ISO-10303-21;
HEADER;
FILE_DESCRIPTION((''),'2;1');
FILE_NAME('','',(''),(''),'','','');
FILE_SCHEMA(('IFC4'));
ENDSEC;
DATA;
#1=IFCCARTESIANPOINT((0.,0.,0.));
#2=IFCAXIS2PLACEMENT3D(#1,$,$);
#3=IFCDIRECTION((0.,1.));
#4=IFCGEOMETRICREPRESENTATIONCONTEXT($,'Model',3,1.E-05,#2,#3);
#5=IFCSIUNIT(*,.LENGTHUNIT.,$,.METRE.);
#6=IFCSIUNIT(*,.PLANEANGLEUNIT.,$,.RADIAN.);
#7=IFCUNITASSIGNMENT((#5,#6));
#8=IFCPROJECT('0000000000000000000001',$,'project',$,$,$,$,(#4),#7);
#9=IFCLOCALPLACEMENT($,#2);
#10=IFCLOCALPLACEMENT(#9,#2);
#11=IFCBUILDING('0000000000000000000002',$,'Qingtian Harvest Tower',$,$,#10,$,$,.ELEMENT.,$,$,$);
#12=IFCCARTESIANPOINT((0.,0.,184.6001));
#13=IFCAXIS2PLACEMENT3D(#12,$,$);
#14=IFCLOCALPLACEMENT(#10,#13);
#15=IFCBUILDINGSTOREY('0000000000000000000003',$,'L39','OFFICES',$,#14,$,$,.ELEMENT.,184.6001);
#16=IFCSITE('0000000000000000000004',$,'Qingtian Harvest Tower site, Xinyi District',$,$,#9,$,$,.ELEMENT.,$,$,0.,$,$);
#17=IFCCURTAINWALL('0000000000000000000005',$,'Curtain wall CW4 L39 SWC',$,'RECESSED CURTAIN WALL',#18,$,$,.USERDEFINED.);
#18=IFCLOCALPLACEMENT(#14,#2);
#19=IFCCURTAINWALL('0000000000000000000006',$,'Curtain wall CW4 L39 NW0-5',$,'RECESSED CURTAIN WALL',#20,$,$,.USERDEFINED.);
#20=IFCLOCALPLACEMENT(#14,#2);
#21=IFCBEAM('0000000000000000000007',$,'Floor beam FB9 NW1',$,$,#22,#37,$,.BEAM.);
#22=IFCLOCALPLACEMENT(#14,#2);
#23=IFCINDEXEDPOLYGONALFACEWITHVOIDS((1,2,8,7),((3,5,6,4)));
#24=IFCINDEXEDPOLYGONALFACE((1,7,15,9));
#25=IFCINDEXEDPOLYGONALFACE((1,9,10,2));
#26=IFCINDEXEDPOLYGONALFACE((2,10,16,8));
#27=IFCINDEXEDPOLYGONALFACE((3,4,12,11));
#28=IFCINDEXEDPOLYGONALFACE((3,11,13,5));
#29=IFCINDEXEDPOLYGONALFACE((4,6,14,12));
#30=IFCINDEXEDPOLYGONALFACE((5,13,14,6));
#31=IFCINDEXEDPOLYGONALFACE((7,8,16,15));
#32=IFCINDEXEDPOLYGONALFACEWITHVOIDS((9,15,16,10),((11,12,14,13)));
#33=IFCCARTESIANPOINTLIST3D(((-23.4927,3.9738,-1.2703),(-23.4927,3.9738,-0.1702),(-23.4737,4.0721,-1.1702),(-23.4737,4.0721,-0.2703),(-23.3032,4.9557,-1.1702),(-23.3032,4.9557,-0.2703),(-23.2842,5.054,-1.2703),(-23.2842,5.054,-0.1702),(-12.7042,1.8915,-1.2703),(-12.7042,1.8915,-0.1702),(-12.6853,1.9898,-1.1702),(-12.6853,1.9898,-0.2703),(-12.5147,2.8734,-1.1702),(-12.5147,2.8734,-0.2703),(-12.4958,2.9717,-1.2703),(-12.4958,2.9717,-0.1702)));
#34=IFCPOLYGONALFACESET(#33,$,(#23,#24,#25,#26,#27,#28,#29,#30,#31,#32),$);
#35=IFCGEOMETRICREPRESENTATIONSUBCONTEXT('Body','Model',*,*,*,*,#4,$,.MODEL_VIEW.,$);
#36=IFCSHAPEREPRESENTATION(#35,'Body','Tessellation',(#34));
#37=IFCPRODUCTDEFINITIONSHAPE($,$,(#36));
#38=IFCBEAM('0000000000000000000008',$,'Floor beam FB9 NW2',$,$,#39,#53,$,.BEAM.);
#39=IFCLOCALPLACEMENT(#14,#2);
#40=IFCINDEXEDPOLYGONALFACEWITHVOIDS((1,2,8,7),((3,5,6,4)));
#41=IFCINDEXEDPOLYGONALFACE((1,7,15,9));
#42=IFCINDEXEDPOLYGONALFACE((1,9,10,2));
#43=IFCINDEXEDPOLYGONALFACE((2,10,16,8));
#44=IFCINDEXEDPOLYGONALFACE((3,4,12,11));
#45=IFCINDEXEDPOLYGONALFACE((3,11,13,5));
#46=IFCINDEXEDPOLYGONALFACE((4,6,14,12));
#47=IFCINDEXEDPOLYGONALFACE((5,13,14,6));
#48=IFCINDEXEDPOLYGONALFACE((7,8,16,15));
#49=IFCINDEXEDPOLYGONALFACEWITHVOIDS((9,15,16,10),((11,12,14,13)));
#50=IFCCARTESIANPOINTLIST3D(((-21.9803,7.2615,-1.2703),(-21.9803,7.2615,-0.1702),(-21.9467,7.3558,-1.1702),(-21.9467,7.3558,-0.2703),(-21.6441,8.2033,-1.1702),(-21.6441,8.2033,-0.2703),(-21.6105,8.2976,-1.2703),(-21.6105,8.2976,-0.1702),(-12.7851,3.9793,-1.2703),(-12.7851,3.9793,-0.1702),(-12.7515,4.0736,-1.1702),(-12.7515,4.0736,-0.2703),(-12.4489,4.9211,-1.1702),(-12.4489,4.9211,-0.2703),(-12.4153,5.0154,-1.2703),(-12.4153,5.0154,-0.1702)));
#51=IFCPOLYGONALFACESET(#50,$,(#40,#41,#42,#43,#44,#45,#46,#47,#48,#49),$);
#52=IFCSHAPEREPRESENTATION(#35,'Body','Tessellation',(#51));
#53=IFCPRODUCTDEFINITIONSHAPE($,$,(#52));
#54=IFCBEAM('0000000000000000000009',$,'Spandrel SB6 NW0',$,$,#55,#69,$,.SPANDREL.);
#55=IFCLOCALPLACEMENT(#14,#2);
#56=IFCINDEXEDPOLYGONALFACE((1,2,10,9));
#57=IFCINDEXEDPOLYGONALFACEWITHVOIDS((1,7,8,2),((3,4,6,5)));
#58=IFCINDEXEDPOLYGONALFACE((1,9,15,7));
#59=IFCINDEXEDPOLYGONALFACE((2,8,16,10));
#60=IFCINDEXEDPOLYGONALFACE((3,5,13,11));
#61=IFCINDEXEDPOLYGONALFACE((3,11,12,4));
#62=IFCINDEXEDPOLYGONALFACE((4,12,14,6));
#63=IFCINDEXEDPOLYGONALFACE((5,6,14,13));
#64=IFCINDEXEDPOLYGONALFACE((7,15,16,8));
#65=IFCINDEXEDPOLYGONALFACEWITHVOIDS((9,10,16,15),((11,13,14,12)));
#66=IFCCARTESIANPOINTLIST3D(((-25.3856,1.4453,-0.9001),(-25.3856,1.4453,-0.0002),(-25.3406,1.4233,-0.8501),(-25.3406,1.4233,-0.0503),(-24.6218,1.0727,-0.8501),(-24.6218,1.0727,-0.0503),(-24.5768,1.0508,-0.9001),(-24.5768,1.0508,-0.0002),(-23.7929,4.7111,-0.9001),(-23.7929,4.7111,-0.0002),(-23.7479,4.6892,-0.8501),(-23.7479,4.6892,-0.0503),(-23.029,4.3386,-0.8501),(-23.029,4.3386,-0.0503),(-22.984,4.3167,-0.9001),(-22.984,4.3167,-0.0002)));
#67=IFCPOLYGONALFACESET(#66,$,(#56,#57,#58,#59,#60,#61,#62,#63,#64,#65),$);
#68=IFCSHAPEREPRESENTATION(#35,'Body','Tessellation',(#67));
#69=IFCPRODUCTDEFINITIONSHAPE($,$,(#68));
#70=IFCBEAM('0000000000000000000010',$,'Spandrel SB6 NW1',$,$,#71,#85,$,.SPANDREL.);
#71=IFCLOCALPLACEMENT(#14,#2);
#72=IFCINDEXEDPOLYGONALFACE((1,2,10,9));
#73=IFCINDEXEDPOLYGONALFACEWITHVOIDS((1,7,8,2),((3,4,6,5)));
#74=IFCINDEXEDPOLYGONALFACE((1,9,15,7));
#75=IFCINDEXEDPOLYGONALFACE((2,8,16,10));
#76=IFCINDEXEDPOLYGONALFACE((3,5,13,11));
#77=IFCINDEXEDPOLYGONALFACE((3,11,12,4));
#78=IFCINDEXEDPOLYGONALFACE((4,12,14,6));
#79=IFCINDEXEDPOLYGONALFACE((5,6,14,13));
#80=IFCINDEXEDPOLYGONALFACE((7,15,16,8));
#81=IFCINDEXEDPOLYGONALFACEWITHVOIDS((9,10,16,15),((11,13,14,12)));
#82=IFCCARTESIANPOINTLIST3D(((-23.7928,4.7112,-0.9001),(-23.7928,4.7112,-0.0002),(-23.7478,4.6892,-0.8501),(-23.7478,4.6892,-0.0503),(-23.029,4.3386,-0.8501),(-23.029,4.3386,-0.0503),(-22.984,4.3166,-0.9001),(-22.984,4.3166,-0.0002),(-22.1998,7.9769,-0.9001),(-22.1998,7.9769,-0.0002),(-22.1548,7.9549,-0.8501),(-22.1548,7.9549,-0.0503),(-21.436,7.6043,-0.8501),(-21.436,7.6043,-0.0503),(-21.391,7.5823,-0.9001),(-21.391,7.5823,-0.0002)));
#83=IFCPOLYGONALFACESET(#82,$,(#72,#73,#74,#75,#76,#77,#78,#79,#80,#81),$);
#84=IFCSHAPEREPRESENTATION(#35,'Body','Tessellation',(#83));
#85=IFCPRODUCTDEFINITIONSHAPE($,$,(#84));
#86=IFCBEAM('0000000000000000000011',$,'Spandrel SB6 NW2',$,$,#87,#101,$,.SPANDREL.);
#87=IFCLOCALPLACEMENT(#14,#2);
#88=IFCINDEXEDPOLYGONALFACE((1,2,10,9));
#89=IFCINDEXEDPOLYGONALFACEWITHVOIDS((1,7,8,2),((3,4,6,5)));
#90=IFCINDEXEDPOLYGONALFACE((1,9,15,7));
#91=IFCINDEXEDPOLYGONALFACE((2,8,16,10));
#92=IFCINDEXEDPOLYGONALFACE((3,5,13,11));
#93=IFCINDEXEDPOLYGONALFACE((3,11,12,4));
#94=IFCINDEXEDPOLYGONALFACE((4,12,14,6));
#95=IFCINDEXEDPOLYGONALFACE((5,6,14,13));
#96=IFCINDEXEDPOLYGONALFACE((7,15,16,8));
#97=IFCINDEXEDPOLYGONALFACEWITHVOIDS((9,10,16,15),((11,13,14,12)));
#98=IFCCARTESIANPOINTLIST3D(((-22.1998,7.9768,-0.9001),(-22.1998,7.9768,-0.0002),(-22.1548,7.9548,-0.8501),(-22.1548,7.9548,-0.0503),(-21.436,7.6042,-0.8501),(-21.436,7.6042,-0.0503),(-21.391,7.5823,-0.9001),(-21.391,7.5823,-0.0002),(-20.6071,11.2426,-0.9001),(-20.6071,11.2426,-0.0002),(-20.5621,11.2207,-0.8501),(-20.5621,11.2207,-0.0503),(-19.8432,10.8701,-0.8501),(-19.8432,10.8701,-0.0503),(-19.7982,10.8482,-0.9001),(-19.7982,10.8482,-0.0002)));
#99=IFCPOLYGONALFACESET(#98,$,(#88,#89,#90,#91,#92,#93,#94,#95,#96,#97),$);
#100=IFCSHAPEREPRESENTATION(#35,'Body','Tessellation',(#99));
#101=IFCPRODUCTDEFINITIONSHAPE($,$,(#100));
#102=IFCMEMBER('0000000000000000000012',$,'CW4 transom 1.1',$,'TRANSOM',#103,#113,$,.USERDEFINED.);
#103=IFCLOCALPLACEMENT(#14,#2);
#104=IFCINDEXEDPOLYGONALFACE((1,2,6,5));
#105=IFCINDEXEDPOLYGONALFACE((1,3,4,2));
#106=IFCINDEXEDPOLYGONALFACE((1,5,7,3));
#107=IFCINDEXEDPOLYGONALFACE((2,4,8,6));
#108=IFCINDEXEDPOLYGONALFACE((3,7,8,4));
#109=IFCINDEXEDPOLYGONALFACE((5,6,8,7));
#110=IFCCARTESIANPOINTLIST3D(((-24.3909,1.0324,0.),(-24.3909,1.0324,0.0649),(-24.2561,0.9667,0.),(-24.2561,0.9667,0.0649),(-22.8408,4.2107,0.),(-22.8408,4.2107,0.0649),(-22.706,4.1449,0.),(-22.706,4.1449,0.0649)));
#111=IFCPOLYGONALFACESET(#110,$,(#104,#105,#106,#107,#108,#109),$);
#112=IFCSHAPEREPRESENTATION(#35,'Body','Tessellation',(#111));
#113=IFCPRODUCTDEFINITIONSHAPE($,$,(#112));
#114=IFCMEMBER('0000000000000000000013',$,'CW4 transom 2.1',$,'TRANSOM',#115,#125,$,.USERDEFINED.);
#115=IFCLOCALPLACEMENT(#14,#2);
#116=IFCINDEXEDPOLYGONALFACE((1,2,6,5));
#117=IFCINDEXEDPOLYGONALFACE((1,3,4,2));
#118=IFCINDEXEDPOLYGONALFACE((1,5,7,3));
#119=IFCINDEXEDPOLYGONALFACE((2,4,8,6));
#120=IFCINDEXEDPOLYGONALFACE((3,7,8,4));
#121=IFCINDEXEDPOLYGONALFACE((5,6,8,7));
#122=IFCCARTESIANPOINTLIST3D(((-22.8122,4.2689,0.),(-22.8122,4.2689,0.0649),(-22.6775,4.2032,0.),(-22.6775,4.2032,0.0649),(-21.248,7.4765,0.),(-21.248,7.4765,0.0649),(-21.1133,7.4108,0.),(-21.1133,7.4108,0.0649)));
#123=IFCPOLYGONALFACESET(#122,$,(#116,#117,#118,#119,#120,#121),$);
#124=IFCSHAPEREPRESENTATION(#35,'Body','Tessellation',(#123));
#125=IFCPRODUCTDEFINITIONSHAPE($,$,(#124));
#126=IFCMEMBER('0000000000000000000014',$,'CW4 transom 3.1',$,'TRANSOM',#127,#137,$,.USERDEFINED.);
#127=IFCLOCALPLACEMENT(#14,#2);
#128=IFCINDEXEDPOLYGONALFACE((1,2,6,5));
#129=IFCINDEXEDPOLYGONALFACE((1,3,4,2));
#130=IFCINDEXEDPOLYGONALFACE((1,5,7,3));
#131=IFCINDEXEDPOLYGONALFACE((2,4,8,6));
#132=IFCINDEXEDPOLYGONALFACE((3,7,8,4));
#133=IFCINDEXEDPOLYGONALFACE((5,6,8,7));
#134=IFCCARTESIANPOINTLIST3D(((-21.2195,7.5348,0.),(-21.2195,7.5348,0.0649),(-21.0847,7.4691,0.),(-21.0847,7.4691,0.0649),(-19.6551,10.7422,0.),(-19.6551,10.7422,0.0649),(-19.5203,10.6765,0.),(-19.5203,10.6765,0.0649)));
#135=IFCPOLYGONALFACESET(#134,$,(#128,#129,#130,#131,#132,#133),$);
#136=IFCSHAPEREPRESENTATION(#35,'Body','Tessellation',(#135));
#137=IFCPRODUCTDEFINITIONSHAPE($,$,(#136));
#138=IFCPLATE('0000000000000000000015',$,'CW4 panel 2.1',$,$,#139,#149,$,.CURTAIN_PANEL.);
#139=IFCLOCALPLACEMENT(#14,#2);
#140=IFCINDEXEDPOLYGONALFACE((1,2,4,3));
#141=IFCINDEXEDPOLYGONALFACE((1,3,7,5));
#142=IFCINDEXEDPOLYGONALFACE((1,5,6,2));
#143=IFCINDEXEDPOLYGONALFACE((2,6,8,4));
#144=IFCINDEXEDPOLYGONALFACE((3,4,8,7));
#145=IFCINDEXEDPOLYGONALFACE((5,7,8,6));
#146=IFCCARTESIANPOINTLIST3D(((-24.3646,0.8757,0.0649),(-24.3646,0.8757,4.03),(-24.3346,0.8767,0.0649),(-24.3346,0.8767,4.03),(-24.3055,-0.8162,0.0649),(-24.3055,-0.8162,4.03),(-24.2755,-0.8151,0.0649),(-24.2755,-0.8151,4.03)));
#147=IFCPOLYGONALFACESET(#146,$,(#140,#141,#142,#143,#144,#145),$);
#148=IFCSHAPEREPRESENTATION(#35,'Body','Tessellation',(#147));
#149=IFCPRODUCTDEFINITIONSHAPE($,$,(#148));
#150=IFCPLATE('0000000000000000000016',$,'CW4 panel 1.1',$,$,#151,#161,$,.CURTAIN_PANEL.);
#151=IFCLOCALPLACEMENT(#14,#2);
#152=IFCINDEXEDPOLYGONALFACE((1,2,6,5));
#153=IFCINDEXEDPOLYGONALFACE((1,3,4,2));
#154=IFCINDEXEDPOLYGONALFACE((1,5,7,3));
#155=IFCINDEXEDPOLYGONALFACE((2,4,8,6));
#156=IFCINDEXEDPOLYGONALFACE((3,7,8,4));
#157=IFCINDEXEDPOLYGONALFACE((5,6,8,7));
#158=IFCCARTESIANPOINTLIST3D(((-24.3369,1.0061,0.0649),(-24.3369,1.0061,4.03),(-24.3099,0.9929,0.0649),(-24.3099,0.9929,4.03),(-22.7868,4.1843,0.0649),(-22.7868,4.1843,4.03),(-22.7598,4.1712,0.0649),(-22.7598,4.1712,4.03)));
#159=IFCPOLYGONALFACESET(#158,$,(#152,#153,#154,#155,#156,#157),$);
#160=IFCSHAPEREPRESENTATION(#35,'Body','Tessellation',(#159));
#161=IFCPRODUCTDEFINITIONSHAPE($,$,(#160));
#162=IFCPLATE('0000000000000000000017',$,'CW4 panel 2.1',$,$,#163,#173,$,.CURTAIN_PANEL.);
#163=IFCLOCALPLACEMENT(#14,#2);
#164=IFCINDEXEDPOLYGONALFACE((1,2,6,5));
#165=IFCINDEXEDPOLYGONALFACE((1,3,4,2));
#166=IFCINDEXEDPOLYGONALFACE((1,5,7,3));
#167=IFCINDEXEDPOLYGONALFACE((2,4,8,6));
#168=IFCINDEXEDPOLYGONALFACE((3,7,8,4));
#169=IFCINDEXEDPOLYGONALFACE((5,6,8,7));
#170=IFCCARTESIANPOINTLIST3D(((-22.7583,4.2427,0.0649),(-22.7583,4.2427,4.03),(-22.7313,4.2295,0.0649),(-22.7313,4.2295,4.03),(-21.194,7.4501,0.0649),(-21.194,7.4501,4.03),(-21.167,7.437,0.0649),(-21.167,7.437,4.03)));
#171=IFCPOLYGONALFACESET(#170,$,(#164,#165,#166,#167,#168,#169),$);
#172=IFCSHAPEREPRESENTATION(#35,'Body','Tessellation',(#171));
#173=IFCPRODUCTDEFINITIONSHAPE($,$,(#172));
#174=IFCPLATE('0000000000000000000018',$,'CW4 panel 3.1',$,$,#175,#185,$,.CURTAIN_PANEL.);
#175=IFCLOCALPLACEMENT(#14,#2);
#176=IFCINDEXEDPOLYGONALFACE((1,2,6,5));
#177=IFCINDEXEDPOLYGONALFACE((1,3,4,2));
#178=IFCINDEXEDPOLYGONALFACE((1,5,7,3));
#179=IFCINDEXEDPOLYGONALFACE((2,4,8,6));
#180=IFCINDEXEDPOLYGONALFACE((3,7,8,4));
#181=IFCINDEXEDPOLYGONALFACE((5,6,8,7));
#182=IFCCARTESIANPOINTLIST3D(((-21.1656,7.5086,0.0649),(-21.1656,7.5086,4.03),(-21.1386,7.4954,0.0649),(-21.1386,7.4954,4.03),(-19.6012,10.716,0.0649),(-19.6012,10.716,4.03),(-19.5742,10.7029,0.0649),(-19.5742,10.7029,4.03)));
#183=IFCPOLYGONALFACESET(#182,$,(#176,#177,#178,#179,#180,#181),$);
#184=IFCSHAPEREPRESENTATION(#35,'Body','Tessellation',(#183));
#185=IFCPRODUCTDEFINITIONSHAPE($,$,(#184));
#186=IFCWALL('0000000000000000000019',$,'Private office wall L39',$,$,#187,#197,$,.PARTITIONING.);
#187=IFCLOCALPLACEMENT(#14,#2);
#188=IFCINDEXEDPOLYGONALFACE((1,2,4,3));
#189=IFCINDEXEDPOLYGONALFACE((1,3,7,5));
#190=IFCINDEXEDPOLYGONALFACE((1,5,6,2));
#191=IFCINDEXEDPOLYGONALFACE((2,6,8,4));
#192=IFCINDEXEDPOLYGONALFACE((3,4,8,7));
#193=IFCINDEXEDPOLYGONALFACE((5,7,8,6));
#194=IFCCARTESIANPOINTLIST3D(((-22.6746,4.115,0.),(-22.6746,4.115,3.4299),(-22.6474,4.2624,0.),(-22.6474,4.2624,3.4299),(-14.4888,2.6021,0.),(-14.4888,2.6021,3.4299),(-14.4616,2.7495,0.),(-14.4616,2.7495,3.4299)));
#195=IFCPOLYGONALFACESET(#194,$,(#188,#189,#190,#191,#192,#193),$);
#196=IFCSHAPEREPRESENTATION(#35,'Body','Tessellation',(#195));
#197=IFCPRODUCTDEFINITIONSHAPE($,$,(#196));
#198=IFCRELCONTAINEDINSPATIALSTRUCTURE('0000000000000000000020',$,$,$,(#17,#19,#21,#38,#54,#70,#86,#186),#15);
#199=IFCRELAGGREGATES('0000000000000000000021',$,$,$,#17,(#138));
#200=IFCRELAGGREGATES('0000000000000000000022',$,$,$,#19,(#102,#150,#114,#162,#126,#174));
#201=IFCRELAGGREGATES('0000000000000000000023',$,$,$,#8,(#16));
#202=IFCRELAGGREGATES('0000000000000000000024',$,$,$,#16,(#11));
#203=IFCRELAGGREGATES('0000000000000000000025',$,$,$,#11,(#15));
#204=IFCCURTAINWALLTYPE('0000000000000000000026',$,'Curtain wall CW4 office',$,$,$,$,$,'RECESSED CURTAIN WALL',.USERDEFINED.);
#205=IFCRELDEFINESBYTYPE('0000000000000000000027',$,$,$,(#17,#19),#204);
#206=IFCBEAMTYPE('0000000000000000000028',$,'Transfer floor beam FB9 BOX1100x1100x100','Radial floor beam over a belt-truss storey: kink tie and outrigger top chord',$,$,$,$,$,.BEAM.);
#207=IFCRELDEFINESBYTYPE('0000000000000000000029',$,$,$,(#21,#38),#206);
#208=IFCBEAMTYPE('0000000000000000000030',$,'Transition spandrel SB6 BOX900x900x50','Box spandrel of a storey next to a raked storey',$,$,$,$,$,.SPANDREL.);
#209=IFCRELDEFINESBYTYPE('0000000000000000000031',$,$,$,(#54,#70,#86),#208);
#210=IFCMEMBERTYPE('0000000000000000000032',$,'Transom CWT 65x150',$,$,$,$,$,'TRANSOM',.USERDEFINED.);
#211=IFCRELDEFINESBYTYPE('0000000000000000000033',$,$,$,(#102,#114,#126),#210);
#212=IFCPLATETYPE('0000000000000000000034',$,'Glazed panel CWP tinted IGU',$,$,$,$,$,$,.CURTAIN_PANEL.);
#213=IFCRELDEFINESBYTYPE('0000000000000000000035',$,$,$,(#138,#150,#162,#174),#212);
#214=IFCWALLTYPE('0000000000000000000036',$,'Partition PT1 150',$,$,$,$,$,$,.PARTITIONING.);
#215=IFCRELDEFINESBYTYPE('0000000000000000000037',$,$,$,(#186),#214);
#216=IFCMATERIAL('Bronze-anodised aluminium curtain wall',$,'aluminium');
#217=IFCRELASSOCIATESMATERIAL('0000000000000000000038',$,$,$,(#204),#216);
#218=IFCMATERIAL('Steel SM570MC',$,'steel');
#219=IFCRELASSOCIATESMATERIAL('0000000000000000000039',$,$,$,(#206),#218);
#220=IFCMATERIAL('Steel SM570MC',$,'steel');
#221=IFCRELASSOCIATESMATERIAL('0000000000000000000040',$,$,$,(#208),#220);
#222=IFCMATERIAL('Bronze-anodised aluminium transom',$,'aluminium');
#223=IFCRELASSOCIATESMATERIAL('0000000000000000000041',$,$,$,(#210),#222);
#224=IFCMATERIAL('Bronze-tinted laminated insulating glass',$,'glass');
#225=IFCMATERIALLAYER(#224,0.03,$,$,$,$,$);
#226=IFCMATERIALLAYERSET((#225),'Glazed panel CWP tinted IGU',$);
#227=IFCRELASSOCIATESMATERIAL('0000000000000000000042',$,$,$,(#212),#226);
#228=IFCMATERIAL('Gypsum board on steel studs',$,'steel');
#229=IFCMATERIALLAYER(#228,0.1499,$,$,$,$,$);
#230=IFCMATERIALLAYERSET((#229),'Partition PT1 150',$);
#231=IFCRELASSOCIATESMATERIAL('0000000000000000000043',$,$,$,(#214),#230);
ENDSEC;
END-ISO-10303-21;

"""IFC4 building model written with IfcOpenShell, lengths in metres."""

from ifc_helpers import new_model, si_unit, direction, frame, frame_2d, origin, origin_2d, place, context, subcontext, project, spatial, rectangle, hollow_rectangle, extrude, material, layer, layer_set, material_profile, profile_set, type_object, element, aggregate, save


model = new_model("IFC4")

# Units and contexts
model_context = context("Model", 3, precision=1e-05, world=origin(), true_north=direction((0.0, 1.0)))
body_context = subcontext(model_context, "Body", "Model", "MODEL_VIEW")
ifc_project = project(units=[si_unit("LENGTHUNIT", "METRE"), si_unit("PLANEANGLEUNIT", "RADIAN")], contexts=[model_context])

# Site, building, storey
site_placement = place(None, origin())
site = spatial("IfcSite", under=ifc_project, at=site_placement, Name="Qingtian Harvest Tower site, Xinyi District", CompositionType="ELEMENT", RefElevation=0.0)
building_placement = place(site_placement, origin())
building = spatial("IfcBuilding", under=site, at=building_placement, Name="Qingtian Harvest Tower", CompositionType="ELEMENT")
storey_placement = place(building_placement, frame((0.0, 0.0, 184.6001)))
storey = spatial("IfcBuildingStorey", under=building, at=storey_placement, Name="L39", Description="OFFICES", CompositionType="ELEMENT", Elevation=184.6001)

# Curtain wall
ifc_material_1 = material(Name="Bronze-anodised aluminium curtain wall", Category="aluminium")
curtain_wall_type = type_object("IfcCurtainWallType", Name="Curtain wall CW4 office", ElementType="RECESSED CURTAIN WALL", PredefinedType="USERDEFINED", material=ifc_material_1)
curtain_wall_1_placement = place(storey_placement, origin())
curtain_wall_1 = element("IfcCurtainWall", 1, at=curtain_wall_1_placement, inside=storey, type_object=curtain_wall_type, Name="Curtain wall CW4 L39 SWC", ObjectType="RECESSED CURTAIN WALL", PredefinedType="USERDEFINED")

# Curtain wall
curtain_wall_2_placement = place(storey_placement, origin())
curtain_wall_2 = element("IfcCurtainWall", 2, at=curtain_wall_2_placement, inside=storey, type_object=curtain_wall_type, Name="Curtain wall CW4 L39 NW0-5", ObjectType="RECESSED CURTAIN WALL", PredefinedType="USERDEFINED")

# Beams
ifc_material_2 = material(Name="Steel SM570MC", Category="steel")
ifc_material_profile_1 = material_profile(ifc_material_2, hollow_rectangle(XDim=1.1001, YDim=1.1001, WallThickness=0.1001, at=origin_2d()), Name="BOX1100x1100x100")
ifc_profile_set_1 = profile_set([ifc_material_profile_1], Name="Steel SM570MC")
beam_type_1 = type_object("IfcBeamType", Name="Transfer floor beam FB9 BOX1100x1100x100", Description="Radial floor beam over a belt-truss storey: kink tie and outrigger top chord", PredefinedType="BEAM", material=ifc_profile_set_1)
beam_1_placement = place(storey_placement, frame((-23.3884, 4.5139, -0.7202), z_axis=(0.981878, -0.189514, 0.0), x_axis=(0.189514, 0.981878, 0.0)))
element("IfcBeam", 3, at=beam_1_placement, inside=storey, type_object=beam_type_1, Name="Floor beam FB9 NW1", PredefinedType="BEAM", context=body_context, shape_type="SweptSolid", body=[
    extrude(hollow_rectangle(XDim=1.1001, YDim=1.1001, WallThickness=0.1001, at=origin_2d()), origin(), (0.0, 0.0, 1.0), 10.9875),
])
beam_2_placement = place(storey_placement, frame((-21.7954, 7.7795, -0.7202), z_axis=(0.941801, -0.336172, 0.0), x_axis=(0.336172, 0.941801, 0.0)))
element("IfcBeam", 4, at=beam_2_placement, inside=storey, type_object=beam_type_1, Name="Floor beam FB9 NW2", PredefinedType="BEAM", context=body_context, shape_type="SweptSolid", body=[
    extrude(hollow_rectangle(XDim=1.1001, YDim=1.1001, WallThickness=0.1001, at=origin_2d()), origin(), (0.0, 0.0, 1.0), 9.7634),
])
ifc_material_3 = material(Name="Steel SM570MC", Category="steel")
ifc_material_profile_2 = material_profile(ifc_material_3, hollow_rectangle(XDim=0.8999, YDim=0.8999, WallThickness=0.05, at=origin_2d()), Name="BOX900x900x50")
ifc_profile_set_2 = profile_set([ifc_material_profile_2], Name="Steel SM570MC")
beam_type_2 = type_object("IfcBeamType", Name="Transition spandrel SB6 BOX900x900x50", Description="Box spandrel of a storey next to a raked storey", PredefinedType="SPANDREL", material=ifc_profile_set_2)
for number, where, z_axis, x_axis, name in (
    (5, (-24.9812, 1.248, -0.4502), (0.438349, 0.898805, 0.0), (-0.898805, 0.438349, 0.0), "Spandrel SB6 NW0"),
    (6, (-23.3884, 4.5139, -0.4502), (0.43843, 0.898765, 0.0), (-0.898765, 0.43843, 0.0), "Spandrel SB6 NW1"),
    (7, (-21.7954, 7.7795, -0.4502), (0.438349, 0.898805, 0.0), (-0.898805, 0.438349, 0.0), "Spandrel SB6 NW2"),
):
    element("IfcBeam", number, at=place(storey_placement, frame(where, z_axis=z_axis, x_axis=x_axis)), inside=storey, type_object=beam_type_2, Name=name, PredefinedType="SPANDREL", context=body_context, shape_type="SweptSolid", body=[
        extrude(hollow_rectangle(XDim=0.8999, YDim=0.8999, WallThickness=0.05, at=origin_2d()), origin(), (0.0, 0.0, 1.0), 3.6335),
    ])

# Members
ifc_material_4 = material(Name="Bronze-anodised aluminium transom", Category="aluminium")
ifc_material_profile_3 = material_profile(ifc_material_4, rectangle(XDim=0.1499, YDim=0.0649, at=origin_2d()), Name="AL 65x150")
ifc_profile_set_3 = profile_set([ifc_material_profile_3], Name="Bronze-anodised aluminium transom")
member_type_1 = type_object("IfcMemberType", Name="Transom CWT 65x150", ElementType="TRANSOM", PredefinedType="USERDEFINED", material=ifc_profile_set_3)
member_1_placement = place(storey_placement, frame((-24.3235, 0.9995, 0.0325), z_axis=(0.438354, 0.898802, 0.0), x_axis=(-0.898802, 0.438354, 0.0)))
member_1 = element("IfcMember", 8, at=member_1_placement, type_object=member_type_1, Name="CW4 transom 1.1", ObjectType="TRANSOM", PredefinedType="USERDEFINED", context=body_context, shape_type="SweptSolid", body=[
    extrude(rectangle(XDim=0.1499, YDim=0.0649, at=origin_2d()), origin(), (0.0, 0.0, 1.0), 3.5361),
])
member_2_placement = place(storey_placement, frame((-22.7449, 4.2361, 0.0325), z_axis=(0.438325, 0.898816, 0.0), x_axis=(-0.898816, 0.438325, 0.0)))
member_2 = element("IfcMember", 9, at=member_2_placement, type_object=member_type_1, Name="CW4 transom 2.1", ObjectType="TRANSOM", PredefinedType="USERDEFINED", context=body_context, shape_type="SweptSolid", body=[
    extrude(rectangle(XDim=0.1499, YDim=0.0649, at=origin_2d()), origin(), (0.0, 0.0, 1.0), 3.5686),
])
member_3_placement = place(storey_placement, frame((-21.1521, 7.502, 0.0325), z_axis=(0.438381, 0.898789, 0.0), x_axis=(-0.898789, 0.438381, 0.0)))
member_3 = element("IfcMember", 10, at=member_3_placement, type_object=member_type_1, Name="CW4 transom 3.1", ObjectType="TRANSOM", PredefinedType="USERDEFINED", context=body_context, shape_type="SweptSolid", body=[
    extrude(rectangle(XDim=0.1499, YDim=0.0649, at=origin_2d()), origin(), (0.0, 0.0, 1.0), 3.5686),
])

# Plates
ifc_material_5 = material(Name="Bronze-tinted laminated insulating glass", Category="glass")
ifc_layer_1 = layer(ifc_material_5, 0.03)
ifc_layer_set_1 = layer_set([ifc_layer_1], Name="Glazed panel CWP tinted IGU")
plate_type = type_object("IfcPlateType", Name="Glazed panel CWP tinted IGU", PredefinedType="CURTAIN_PANEL", material=ifc_layer_set_1)
plate_1_placement = place(storey_placement, frame((-24.3201, 0.0303, 0.0649), z_axis=(0.0, 0.0, 1.0), x_axis=(-0.034899, 0.999391, 0.0)))
plate_1 = element("IfcPlate", 11, at=plate_1_placement, type_object=plate_type, Name="CW4 panel 2.1", PredefinedType="CURTAIN_PANEL", context=body_context, shape_type="SweptSolid", body=[
    extrude(rectangle(XDim=1.6929, YDim=0.03, at=origin_2d()), origin(), (0.0, 0.0, 1.0), 3.9651),
])
aggregate(curtain_wall_1, [plate_1])
plate_2_placement = place(storey_placement, frame((-23.5483, 2.5886, 0.0649), z_axis=(0.0, 0.0, 1.0), x_axis=(0.438371, 0.898794, 0.0)))
plate_2 = element("IfcPlate", 12, at=plate_2_placement, type_object=plate_type, Name="CW4 panel 1.1", PredefinedType="CURTAIN_PANEL", context=body_context, shape_type="SweptSolid", body=[
    extrude(rectangle(XDim=3.5361, YDim=0.03, at=origin_2d()), origin(), (0.0, 0.0, 1.0), 3.9651),
])
plate_3_placement = place(storey_placement, frame((-21.9626, 5.8398, 0.0649), z_axis=(0.0, 0.0, 1.0), x_axis=(0.438371, 0.898794, 0.0)))
plate_3 = element("IfcPlate", 13, at=plate_3_placement, type_object=plate_type, Name="CW4 panel 2.1", PredefinedType="CURTAIN_PANEL", context=body_context, shape_type="SweptSolid", body=[
    extrude(rectangle(XDim=3.5686, YDim=0.03, at=origin_2d()), origin(), (0.0, 0.0, 1.0), 3.9651),
])
plate_4_placement = place(storey_placement, frame((-20.3699, 9.1057, 0.0649), z_axis=(0.0, 0.0, 1.0), x_axis=(0.438371, 0.898794, 0.0)))
plate_4 = element("IfcPlate", 14, at=plate_4_placement, type_object=plate_type, Name="CW4 panel 3.1", PredefinedType="CURTAIN_PANEL", context=body_context, shape_type="SweptSolid", body=[
    extrude(rectangle(XDim=3.5686, YDim=0.03, at=origin_2d()), origin(), (0.0, 0.0, 1.0), 3.9651),
])
aggregate(curtain_wall_2, [member_1, plate_2, member_2, plate_3, member_3, plate_4])

# Wall
ifc_material_6 = material(Name="Gypsum board on steel studs", Category="steel")
ifc_layer_2 = layer(ifc_material_6, 0.1499)
ifc_layer_set_2 = layer_set([ifc_layer_2], Name="Partition PT1 150")
wall_type = type_object("IfcWallType", Name="Partition PT1 150", PredefinedType="PARTITIONING", material=ifc_layer_set_2)
wall_1_placement = place(storey_placement, frame((-22.6609, 4.1887, 0.0), z_axis=(0.0, 0.0, 1.0), x_axis=(0.983345, -0.181747, 0.0)))
element("IfcWall", 15, at=wall_1_placement, inside=storey, type_object=wall_type, Name="Private office wall L39", PredefinedType="PARTITIONING", context=body_context, shape_type="SweptSolid", body=[
    extrude(rectangle(XDim=8.3245, YDim=0.1499, at=frame_2d((4.1621, 0.0))), origin(), (0.0, 0.0, 1.0), 3.4299),
])

save(model, "model.ifc")
